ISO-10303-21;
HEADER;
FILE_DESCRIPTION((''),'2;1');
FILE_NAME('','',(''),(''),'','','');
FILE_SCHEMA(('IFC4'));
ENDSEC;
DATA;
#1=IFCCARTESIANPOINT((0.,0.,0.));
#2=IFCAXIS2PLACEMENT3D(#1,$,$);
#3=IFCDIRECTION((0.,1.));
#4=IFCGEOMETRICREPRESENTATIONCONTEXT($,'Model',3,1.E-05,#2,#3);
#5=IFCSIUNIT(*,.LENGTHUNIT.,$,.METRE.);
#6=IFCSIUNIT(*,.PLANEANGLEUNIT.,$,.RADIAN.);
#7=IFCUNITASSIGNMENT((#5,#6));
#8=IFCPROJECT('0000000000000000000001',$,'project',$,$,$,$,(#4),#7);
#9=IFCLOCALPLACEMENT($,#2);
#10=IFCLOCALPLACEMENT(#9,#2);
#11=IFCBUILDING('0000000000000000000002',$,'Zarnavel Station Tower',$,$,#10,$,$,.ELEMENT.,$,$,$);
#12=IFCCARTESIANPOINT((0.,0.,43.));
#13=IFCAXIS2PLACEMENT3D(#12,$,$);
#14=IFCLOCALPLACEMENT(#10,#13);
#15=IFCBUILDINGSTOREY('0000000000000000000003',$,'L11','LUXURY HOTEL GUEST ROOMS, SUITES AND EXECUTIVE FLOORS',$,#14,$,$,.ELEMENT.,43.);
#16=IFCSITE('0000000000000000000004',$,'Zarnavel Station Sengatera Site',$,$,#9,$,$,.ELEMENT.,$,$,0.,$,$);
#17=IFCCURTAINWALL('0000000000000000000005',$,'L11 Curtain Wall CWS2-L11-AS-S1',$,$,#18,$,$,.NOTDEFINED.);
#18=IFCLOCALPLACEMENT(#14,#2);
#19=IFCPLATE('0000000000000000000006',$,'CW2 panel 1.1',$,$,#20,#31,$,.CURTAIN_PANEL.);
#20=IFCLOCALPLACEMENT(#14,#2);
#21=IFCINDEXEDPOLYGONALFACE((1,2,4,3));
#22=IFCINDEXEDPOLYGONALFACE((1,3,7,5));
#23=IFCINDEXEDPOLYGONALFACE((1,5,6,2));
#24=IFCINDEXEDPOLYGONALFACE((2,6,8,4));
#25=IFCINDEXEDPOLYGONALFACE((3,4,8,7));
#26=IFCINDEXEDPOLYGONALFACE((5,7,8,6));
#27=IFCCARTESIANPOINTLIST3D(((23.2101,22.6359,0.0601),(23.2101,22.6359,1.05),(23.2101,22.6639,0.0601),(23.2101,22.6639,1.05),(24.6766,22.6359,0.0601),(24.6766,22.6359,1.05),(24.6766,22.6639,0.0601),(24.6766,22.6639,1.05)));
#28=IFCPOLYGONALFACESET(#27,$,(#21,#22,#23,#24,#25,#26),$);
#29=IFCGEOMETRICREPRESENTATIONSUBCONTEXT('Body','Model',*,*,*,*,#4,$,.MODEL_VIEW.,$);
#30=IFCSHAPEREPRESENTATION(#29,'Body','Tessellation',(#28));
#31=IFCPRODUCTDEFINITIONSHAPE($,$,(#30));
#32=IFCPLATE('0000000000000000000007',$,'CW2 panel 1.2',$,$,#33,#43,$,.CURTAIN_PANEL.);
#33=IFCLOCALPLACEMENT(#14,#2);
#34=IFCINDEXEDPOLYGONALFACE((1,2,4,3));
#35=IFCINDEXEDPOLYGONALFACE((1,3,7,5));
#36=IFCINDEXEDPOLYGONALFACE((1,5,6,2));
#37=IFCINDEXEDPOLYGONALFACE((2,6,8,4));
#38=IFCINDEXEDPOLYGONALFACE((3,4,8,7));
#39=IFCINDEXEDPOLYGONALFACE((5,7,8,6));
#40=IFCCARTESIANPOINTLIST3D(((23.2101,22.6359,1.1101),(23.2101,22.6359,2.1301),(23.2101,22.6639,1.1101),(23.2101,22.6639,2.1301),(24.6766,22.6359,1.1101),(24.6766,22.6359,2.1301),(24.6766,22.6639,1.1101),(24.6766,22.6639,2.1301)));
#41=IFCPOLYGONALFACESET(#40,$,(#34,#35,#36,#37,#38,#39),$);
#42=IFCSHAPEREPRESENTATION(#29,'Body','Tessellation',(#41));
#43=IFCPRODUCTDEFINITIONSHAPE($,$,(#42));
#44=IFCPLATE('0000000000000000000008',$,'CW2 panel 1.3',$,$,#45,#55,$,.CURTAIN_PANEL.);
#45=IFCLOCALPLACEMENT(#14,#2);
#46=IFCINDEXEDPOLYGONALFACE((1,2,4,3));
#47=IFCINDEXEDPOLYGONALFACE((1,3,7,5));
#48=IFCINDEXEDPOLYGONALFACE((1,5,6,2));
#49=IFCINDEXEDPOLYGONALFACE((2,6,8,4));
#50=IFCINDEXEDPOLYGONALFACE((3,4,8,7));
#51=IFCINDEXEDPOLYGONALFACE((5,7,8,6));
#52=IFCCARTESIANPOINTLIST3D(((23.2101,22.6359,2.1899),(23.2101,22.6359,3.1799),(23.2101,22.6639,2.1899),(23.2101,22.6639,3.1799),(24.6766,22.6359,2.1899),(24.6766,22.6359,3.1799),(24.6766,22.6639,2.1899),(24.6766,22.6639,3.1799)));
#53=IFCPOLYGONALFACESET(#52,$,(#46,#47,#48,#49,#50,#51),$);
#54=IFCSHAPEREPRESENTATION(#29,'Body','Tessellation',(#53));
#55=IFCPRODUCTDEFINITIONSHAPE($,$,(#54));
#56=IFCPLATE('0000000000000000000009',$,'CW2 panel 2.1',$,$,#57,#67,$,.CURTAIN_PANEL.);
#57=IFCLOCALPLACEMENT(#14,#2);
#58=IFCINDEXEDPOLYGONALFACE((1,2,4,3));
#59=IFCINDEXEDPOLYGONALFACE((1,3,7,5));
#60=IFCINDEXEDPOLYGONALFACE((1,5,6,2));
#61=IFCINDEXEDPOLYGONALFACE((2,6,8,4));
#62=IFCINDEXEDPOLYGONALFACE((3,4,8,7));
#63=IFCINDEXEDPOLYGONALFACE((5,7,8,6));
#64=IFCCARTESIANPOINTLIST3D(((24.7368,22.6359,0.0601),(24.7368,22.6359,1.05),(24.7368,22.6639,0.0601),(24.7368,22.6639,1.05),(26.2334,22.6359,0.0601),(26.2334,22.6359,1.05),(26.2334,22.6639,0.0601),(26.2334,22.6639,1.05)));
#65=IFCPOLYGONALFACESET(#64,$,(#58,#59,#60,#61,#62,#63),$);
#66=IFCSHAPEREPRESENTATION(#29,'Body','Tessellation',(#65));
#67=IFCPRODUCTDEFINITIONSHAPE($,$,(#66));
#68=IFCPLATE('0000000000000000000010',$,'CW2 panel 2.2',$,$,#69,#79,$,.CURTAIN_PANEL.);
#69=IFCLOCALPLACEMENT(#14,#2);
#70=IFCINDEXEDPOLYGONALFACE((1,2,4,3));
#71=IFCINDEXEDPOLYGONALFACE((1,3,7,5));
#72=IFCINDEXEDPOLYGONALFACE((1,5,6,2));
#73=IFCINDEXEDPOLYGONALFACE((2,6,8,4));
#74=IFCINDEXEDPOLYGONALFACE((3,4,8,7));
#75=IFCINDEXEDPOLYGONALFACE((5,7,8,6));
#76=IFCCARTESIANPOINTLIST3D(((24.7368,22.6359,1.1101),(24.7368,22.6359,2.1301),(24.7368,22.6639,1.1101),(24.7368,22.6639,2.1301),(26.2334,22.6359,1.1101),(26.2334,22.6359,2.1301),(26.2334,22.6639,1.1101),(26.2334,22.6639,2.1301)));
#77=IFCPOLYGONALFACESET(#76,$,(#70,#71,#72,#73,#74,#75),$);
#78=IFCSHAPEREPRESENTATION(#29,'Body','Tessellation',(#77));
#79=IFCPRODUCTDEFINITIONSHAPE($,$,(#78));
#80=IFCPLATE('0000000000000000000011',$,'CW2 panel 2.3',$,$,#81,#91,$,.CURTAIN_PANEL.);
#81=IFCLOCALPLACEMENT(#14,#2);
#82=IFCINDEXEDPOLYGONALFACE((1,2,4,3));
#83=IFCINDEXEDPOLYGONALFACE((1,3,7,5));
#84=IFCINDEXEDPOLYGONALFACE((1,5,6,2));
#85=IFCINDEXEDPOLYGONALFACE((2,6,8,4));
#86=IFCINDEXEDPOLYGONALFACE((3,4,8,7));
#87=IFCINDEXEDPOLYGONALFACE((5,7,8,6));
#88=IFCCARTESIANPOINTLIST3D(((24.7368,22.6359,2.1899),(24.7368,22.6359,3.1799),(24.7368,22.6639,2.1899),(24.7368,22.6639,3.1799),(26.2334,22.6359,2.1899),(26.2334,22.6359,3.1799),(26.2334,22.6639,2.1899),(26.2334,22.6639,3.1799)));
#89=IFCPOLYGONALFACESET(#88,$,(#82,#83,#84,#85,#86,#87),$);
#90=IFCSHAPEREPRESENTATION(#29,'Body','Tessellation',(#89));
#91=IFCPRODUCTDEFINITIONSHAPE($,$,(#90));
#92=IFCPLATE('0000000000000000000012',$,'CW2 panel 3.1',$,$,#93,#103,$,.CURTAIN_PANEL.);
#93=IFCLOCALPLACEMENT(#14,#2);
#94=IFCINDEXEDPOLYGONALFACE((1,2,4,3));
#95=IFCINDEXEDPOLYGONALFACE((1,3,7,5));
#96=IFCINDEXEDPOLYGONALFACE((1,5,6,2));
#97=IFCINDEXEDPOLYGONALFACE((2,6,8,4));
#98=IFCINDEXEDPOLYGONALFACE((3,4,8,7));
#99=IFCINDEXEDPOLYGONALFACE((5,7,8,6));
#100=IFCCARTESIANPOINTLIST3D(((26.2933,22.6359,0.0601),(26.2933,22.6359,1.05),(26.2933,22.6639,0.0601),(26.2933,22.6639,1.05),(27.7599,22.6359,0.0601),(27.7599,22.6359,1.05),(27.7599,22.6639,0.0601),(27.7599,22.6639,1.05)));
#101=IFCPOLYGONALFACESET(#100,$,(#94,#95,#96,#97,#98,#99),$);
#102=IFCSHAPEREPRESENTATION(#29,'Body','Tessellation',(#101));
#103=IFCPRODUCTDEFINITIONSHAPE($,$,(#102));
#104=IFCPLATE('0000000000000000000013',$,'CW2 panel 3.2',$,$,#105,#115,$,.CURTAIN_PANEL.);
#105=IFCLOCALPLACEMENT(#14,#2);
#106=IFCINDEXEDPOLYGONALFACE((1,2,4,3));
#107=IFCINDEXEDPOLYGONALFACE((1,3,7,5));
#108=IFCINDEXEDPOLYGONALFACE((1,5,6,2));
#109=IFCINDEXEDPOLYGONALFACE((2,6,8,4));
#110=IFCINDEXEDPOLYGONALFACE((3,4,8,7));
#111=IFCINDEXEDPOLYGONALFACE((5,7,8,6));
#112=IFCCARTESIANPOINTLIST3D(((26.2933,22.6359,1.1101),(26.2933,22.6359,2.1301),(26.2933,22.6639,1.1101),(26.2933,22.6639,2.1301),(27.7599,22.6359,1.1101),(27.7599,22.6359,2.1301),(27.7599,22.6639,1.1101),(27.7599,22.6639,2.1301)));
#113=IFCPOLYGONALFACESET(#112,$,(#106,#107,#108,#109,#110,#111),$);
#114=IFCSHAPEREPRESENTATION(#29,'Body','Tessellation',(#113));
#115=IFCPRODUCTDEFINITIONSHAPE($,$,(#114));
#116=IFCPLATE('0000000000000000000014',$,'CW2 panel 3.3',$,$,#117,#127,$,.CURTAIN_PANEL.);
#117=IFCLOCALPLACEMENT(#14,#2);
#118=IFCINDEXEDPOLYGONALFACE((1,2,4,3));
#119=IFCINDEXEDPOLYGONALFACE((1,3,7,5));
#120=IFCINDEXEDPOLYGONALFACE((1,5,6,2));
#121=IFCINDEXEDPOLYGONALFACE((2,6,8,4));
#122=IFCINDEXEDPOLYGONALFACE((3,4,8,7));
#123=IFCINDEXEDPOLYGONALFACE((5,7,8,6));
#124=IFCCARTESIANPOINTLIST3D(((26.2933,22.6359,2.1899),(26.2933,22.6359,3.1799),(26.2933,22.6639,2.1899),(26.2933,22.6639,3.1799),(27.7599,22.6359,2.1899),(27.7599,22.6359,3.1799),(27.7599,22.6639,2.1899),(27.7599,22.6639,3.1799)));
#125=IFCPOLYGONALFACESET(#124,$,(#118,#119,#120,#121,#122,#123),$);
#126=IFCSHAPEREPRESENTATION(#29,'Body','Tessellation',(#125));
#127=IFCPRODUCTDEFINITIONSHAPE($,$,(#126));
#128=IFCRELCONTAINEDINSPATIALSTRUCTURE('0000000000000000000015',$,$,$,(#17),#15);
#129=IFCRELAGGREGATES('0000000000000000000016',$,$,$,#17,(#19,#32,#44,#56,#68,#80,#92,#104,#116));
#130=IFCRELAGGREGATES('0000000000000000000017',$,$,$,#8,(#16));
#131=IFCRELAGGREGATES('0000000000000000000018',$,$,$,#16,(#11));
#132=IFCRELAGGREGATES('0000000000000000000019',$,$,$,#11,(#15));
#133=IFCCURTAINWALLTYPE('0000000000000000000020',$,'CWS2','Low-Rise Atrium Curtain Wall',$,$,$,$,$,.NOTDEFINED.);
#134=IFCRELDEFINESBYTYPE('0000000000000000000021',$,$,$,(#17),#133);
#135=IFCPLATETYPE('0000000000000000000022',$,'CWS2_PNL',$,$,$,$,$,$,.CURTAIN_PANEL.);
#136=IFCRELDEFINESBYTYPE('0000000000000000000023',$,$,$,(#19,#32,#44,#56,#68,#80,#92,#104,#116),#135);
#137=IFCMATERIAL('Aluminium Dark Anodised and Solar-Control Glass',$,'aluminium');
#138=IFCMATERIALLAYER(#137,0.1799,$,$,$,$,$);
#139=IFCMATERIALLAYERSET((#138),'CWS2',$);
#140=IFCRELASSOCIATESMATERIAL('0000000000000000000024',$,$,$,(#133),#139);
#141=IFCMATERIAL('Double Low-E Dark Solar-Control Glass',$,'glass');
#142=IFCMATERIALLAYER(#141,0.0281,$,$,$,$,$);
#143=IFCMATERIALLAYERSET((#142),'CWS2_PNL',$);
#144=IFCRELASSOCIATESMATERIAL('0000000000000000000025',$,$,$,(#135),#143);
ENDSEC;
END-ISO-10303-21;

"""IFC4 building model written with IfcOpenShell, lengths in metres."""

from ifc_helpers import new_model, si_unit, direction, frame, origin, origin_2d, place, context, subcontext, project, spatial, rectangle, extrude, material, layer, layer_set, type_object, element, aggregate, save


model = new_model("IFC4")

# Units and contexts
model_context = context("Model", 3, precision=1e-05, world=origin(), true_north=direction((0.0, 1.0)))
body_context = subcontext(model_context, "Body", "Model", "MODEL_VIEW")
ifc_project = project(units=[si_unit("LENGTHUNIT", "METRE"), si_unit("PLANEANGLEUNIT", "RADIAN")], contexts=[model_context])

# Site, building, storey
site_placement = place(None, origin())
site = spatial("IfcSite", under=ifc_project, at=site_placement, Name="Zarnavel Station Sengatera Site", CompositionType="ELEMENT", RefElevation=0.0)
building_placement = place(site_placement, origin())
building = spatial("IfcBuilding", under=site, at=building_placement, Name="Zarnavel Station Tower", CompositionType="ELEMENT")
storey_placement = place(building_placement, frame((0.0, 0.0, 43.0)))
storey = spatial("IfcBuildingStorey", under=building, at=storey_placement, Name="L11", Description="LUXURY HOTEL GUEST ROOMS, SUITES AND EXECUTIVE FLOORS", CompositionType="ELEMENT", Elevation=43.0)

# Curtain wall, plates
ifc_material_1 = material(Name="Aluminium Dark Anodised and Solar-Control Glass", Category="aluminium")
ifc_layer_1 = layer(ifc_material_1, 0.1799)
ifc_layer_set_1 = layer_set([ifc_layer_1], Name="CWS2")
curtain_wall_type = type_object("IfcCurtainWallType", Name="CWS2", Description="Low-Rise Atrium Curtain Wall", PredefinedType="NOTDEFINED", material=ifc_layer_set_1)
curtain_wall_placement = place(storey_placement, origin())
curtain_wall = element("IfcCurtainWall", 1, at=curtain_wall_placement, inside=storey, type_object=curtain_wall_type, Name="L11 Curtain Wall CWS2-L11-AS-S1", PredefinedType="NOTDEFINED")
ifc_material_2 = material(Name="Double Low-E Dark Solar-Control Glass", Category="glass")
ifc_layer_2 = layer(ifc_material_2, 0.0281)
ifc_layer_set_2 = layer_set([ifc_layer_2], Name="CWS2_PNL")
plate_type = type_object("IfcPlateType", Name="CWS2_PNL", PredefinedType="CURTAIN_PANEL", material=ifc_layer_set_2)
plate_1_placement = place(storey_placement, frame((23.9434, 22.6499, 0.0601), z_axis=(0.0, 0.0, 1.0), x_axis=(1.0, 0.0, 0.0)))
plate_1 = element("IfcPlate", 2, at=plate_1_placement, type_object=plate_type, Name="CW2 panel 1.1", PredefinedType="CURTAIN_PANEL", context=body_context, shape_type="SweptSolid", body=[
    extrude(rectangle(XDim=1.4666, YDim=0.0281, at=origin_2d()), origin(), (0.0, 0.0, 1.0), 0.99),
])
plate_2_placement = place(storey_placement, frame((23.9434, 22.6499, 1.1101), z_axis=(0.0, 0.0, 1.0), x_axis=(1.0, 0.0, 0.0)))
plate_2 = element("IfcPlate", 3, at=plate_2_placement, type_object=plate_type, Name="CW2 panel 1.2", PredefinedType="CURTAIN_PANEL", context=body_context, shape_type="SweptSolid", body=[
    extrude(rectangle(XDim=1.4666, YDim=0.0281, at=origin_2d()), origin(), (0.0, 0.0, 1.0), 1.02),
])
plate_3_placement = place(storey_placement, frame((23.9434, 22.6499, 2.1899), z_axis=(0.0, 0.0, 1.0), x_axis=(1.0, 0.0, 0.0)))
plate_3 = element("IfcPlate", 4, at=plate_3_placement, type_object=plate_type, Name="CW2 panel 1.3", PredefinedType="CURTAIN_PANEL", context=body_context, shape_type="SweptSolid", body=[
    extrude(rectangle(XDim=1.4666, YDim=0.0281, at=origin_2d()), origin(), (0.0, 0.0, 1.0), 0.99),
])
plate_4_placement = place(storey_placement, frame((25.4851, 22.6499, 0.0601), z_axis=(0.0, 0.0, 1.0), x_axis=(1.0, 0.0, 0.0)))
plate_4 = element("IfcPlate", 5, at=plate_4_placement, type_object=plate_type, Name="CW2 panel 2.1", PredefinedType="CURTAIN_PANEL", context=body_context, shape_type="SweptSolid", body=[
    extrude(rectangle(XDim=1.4966, YDim=0.0281, at=origin_2d()), origin(), (0.0, 0.0, 1.0), 0.99),
])
plate_5_placement = place(storey_placement, frame((25.4851, 22.6499, 1.1101), z_axis=(0.0, 0.0, 1.0), x_axis=(1.0, 0.0, 0.0)))
plate_5 = element("IfcPlate", 6, at=plate_5_placement, type_object=plate_type, Name="CW2 panel 2.2", PredefinedType="CURTAIN_PANEL", context=body_context, shape_type="SweptSolid", body=[
    extrude(rectangle(XDim=1.4966, YDim=0.0281, at=origin_2d()), origin(), (0.0, 0.0, 1.0), 1.02),
])
plate_6_placement = place(storey_placement, frame((25.4851, 22.6499, 2.1899), z_axis=(0.0, 0.0, 1.0), x_axis=(1.0, 0.0, 0.0)))
plate_6 = element("IfcPlate", 7, at=plate_6_placement, type_object=plate_type, Name="CW2 panel 2.3", PredefinedType="CURTAIN_PANEL", context=body_context, shape_type="SweptSolid", body=[
    extrude(rectangle(XDim=1.4966, YDim=0.0281, at=origin_2d()), origin(), (0.0, 0.0, 1.0), 0.99),
])
plate_7_placement = place(storey_placement, frame((27.0266, 22.6499, 0.0601), z_axis=(0.0, 0.0, 1.0), x_axis=(1.0, 0.0, 0.0)))
plate_7 = element("IfcPlate", 8, at=plate_7_placement, type_object=plate_type, Name="CW2 panel 3.1", PredefinedType="CURTAIN_PANEL", context=body_context, shape_type="SweptSolid", body=[
    extrude(rectangle(XDim=1.4666, YDim=0.0281, at=origin_2d()), origin(), (0.0, 0.0, 1.0), 0.99),
])
plate_8_placement = place(storey_placement, frame((27.0266, 22.6499, 1.1101), z_axis=(0.0, 0.0, 1.0), x_axis=(1.0, 0.0, 0.0)))
plate_8 = element("IfcPlate", 9, at=plate_8_placement, type_object=plate_type, Name="CW2 panel 3.2", PredefinedType="CURTAIN_PANEL", context=body_context, shape_type="SweptSolid", body=[
    extrude(rectangle(XDim=1.4666, YDim=0.0281, at=origin_2d()), origin(), (0.0, 0.0, 1.0), 1.02),
])
plate_9_placement = place(storey_placement, frame((27.0266, 22.6499, 2.1899), z_axis=(0.0, 0.0, 1.0), x_axis=(1.0, 0.0, 0.0)))
plate_9 = element("IfcPlate", 10, at=plate_9_placement, type_object=plate_type, Name="CW2 panel 3.3", PredefinedType="CURTAIN_PANEL", context=body_context, shape_type="SweptSolid", body=[
    extrude(rectangle(XDim=1.4666, YDim=0.0281, at=origin_2d()), origin(), (0.0, 0.0, 1.0), 0.99),
])
aggregate(curtain_wall, [plate_1, plate_2, plate_3, plate_4, plate_5, plate_6, plate_7, plate_8, plate_9])

save(model, "model.ifc")
